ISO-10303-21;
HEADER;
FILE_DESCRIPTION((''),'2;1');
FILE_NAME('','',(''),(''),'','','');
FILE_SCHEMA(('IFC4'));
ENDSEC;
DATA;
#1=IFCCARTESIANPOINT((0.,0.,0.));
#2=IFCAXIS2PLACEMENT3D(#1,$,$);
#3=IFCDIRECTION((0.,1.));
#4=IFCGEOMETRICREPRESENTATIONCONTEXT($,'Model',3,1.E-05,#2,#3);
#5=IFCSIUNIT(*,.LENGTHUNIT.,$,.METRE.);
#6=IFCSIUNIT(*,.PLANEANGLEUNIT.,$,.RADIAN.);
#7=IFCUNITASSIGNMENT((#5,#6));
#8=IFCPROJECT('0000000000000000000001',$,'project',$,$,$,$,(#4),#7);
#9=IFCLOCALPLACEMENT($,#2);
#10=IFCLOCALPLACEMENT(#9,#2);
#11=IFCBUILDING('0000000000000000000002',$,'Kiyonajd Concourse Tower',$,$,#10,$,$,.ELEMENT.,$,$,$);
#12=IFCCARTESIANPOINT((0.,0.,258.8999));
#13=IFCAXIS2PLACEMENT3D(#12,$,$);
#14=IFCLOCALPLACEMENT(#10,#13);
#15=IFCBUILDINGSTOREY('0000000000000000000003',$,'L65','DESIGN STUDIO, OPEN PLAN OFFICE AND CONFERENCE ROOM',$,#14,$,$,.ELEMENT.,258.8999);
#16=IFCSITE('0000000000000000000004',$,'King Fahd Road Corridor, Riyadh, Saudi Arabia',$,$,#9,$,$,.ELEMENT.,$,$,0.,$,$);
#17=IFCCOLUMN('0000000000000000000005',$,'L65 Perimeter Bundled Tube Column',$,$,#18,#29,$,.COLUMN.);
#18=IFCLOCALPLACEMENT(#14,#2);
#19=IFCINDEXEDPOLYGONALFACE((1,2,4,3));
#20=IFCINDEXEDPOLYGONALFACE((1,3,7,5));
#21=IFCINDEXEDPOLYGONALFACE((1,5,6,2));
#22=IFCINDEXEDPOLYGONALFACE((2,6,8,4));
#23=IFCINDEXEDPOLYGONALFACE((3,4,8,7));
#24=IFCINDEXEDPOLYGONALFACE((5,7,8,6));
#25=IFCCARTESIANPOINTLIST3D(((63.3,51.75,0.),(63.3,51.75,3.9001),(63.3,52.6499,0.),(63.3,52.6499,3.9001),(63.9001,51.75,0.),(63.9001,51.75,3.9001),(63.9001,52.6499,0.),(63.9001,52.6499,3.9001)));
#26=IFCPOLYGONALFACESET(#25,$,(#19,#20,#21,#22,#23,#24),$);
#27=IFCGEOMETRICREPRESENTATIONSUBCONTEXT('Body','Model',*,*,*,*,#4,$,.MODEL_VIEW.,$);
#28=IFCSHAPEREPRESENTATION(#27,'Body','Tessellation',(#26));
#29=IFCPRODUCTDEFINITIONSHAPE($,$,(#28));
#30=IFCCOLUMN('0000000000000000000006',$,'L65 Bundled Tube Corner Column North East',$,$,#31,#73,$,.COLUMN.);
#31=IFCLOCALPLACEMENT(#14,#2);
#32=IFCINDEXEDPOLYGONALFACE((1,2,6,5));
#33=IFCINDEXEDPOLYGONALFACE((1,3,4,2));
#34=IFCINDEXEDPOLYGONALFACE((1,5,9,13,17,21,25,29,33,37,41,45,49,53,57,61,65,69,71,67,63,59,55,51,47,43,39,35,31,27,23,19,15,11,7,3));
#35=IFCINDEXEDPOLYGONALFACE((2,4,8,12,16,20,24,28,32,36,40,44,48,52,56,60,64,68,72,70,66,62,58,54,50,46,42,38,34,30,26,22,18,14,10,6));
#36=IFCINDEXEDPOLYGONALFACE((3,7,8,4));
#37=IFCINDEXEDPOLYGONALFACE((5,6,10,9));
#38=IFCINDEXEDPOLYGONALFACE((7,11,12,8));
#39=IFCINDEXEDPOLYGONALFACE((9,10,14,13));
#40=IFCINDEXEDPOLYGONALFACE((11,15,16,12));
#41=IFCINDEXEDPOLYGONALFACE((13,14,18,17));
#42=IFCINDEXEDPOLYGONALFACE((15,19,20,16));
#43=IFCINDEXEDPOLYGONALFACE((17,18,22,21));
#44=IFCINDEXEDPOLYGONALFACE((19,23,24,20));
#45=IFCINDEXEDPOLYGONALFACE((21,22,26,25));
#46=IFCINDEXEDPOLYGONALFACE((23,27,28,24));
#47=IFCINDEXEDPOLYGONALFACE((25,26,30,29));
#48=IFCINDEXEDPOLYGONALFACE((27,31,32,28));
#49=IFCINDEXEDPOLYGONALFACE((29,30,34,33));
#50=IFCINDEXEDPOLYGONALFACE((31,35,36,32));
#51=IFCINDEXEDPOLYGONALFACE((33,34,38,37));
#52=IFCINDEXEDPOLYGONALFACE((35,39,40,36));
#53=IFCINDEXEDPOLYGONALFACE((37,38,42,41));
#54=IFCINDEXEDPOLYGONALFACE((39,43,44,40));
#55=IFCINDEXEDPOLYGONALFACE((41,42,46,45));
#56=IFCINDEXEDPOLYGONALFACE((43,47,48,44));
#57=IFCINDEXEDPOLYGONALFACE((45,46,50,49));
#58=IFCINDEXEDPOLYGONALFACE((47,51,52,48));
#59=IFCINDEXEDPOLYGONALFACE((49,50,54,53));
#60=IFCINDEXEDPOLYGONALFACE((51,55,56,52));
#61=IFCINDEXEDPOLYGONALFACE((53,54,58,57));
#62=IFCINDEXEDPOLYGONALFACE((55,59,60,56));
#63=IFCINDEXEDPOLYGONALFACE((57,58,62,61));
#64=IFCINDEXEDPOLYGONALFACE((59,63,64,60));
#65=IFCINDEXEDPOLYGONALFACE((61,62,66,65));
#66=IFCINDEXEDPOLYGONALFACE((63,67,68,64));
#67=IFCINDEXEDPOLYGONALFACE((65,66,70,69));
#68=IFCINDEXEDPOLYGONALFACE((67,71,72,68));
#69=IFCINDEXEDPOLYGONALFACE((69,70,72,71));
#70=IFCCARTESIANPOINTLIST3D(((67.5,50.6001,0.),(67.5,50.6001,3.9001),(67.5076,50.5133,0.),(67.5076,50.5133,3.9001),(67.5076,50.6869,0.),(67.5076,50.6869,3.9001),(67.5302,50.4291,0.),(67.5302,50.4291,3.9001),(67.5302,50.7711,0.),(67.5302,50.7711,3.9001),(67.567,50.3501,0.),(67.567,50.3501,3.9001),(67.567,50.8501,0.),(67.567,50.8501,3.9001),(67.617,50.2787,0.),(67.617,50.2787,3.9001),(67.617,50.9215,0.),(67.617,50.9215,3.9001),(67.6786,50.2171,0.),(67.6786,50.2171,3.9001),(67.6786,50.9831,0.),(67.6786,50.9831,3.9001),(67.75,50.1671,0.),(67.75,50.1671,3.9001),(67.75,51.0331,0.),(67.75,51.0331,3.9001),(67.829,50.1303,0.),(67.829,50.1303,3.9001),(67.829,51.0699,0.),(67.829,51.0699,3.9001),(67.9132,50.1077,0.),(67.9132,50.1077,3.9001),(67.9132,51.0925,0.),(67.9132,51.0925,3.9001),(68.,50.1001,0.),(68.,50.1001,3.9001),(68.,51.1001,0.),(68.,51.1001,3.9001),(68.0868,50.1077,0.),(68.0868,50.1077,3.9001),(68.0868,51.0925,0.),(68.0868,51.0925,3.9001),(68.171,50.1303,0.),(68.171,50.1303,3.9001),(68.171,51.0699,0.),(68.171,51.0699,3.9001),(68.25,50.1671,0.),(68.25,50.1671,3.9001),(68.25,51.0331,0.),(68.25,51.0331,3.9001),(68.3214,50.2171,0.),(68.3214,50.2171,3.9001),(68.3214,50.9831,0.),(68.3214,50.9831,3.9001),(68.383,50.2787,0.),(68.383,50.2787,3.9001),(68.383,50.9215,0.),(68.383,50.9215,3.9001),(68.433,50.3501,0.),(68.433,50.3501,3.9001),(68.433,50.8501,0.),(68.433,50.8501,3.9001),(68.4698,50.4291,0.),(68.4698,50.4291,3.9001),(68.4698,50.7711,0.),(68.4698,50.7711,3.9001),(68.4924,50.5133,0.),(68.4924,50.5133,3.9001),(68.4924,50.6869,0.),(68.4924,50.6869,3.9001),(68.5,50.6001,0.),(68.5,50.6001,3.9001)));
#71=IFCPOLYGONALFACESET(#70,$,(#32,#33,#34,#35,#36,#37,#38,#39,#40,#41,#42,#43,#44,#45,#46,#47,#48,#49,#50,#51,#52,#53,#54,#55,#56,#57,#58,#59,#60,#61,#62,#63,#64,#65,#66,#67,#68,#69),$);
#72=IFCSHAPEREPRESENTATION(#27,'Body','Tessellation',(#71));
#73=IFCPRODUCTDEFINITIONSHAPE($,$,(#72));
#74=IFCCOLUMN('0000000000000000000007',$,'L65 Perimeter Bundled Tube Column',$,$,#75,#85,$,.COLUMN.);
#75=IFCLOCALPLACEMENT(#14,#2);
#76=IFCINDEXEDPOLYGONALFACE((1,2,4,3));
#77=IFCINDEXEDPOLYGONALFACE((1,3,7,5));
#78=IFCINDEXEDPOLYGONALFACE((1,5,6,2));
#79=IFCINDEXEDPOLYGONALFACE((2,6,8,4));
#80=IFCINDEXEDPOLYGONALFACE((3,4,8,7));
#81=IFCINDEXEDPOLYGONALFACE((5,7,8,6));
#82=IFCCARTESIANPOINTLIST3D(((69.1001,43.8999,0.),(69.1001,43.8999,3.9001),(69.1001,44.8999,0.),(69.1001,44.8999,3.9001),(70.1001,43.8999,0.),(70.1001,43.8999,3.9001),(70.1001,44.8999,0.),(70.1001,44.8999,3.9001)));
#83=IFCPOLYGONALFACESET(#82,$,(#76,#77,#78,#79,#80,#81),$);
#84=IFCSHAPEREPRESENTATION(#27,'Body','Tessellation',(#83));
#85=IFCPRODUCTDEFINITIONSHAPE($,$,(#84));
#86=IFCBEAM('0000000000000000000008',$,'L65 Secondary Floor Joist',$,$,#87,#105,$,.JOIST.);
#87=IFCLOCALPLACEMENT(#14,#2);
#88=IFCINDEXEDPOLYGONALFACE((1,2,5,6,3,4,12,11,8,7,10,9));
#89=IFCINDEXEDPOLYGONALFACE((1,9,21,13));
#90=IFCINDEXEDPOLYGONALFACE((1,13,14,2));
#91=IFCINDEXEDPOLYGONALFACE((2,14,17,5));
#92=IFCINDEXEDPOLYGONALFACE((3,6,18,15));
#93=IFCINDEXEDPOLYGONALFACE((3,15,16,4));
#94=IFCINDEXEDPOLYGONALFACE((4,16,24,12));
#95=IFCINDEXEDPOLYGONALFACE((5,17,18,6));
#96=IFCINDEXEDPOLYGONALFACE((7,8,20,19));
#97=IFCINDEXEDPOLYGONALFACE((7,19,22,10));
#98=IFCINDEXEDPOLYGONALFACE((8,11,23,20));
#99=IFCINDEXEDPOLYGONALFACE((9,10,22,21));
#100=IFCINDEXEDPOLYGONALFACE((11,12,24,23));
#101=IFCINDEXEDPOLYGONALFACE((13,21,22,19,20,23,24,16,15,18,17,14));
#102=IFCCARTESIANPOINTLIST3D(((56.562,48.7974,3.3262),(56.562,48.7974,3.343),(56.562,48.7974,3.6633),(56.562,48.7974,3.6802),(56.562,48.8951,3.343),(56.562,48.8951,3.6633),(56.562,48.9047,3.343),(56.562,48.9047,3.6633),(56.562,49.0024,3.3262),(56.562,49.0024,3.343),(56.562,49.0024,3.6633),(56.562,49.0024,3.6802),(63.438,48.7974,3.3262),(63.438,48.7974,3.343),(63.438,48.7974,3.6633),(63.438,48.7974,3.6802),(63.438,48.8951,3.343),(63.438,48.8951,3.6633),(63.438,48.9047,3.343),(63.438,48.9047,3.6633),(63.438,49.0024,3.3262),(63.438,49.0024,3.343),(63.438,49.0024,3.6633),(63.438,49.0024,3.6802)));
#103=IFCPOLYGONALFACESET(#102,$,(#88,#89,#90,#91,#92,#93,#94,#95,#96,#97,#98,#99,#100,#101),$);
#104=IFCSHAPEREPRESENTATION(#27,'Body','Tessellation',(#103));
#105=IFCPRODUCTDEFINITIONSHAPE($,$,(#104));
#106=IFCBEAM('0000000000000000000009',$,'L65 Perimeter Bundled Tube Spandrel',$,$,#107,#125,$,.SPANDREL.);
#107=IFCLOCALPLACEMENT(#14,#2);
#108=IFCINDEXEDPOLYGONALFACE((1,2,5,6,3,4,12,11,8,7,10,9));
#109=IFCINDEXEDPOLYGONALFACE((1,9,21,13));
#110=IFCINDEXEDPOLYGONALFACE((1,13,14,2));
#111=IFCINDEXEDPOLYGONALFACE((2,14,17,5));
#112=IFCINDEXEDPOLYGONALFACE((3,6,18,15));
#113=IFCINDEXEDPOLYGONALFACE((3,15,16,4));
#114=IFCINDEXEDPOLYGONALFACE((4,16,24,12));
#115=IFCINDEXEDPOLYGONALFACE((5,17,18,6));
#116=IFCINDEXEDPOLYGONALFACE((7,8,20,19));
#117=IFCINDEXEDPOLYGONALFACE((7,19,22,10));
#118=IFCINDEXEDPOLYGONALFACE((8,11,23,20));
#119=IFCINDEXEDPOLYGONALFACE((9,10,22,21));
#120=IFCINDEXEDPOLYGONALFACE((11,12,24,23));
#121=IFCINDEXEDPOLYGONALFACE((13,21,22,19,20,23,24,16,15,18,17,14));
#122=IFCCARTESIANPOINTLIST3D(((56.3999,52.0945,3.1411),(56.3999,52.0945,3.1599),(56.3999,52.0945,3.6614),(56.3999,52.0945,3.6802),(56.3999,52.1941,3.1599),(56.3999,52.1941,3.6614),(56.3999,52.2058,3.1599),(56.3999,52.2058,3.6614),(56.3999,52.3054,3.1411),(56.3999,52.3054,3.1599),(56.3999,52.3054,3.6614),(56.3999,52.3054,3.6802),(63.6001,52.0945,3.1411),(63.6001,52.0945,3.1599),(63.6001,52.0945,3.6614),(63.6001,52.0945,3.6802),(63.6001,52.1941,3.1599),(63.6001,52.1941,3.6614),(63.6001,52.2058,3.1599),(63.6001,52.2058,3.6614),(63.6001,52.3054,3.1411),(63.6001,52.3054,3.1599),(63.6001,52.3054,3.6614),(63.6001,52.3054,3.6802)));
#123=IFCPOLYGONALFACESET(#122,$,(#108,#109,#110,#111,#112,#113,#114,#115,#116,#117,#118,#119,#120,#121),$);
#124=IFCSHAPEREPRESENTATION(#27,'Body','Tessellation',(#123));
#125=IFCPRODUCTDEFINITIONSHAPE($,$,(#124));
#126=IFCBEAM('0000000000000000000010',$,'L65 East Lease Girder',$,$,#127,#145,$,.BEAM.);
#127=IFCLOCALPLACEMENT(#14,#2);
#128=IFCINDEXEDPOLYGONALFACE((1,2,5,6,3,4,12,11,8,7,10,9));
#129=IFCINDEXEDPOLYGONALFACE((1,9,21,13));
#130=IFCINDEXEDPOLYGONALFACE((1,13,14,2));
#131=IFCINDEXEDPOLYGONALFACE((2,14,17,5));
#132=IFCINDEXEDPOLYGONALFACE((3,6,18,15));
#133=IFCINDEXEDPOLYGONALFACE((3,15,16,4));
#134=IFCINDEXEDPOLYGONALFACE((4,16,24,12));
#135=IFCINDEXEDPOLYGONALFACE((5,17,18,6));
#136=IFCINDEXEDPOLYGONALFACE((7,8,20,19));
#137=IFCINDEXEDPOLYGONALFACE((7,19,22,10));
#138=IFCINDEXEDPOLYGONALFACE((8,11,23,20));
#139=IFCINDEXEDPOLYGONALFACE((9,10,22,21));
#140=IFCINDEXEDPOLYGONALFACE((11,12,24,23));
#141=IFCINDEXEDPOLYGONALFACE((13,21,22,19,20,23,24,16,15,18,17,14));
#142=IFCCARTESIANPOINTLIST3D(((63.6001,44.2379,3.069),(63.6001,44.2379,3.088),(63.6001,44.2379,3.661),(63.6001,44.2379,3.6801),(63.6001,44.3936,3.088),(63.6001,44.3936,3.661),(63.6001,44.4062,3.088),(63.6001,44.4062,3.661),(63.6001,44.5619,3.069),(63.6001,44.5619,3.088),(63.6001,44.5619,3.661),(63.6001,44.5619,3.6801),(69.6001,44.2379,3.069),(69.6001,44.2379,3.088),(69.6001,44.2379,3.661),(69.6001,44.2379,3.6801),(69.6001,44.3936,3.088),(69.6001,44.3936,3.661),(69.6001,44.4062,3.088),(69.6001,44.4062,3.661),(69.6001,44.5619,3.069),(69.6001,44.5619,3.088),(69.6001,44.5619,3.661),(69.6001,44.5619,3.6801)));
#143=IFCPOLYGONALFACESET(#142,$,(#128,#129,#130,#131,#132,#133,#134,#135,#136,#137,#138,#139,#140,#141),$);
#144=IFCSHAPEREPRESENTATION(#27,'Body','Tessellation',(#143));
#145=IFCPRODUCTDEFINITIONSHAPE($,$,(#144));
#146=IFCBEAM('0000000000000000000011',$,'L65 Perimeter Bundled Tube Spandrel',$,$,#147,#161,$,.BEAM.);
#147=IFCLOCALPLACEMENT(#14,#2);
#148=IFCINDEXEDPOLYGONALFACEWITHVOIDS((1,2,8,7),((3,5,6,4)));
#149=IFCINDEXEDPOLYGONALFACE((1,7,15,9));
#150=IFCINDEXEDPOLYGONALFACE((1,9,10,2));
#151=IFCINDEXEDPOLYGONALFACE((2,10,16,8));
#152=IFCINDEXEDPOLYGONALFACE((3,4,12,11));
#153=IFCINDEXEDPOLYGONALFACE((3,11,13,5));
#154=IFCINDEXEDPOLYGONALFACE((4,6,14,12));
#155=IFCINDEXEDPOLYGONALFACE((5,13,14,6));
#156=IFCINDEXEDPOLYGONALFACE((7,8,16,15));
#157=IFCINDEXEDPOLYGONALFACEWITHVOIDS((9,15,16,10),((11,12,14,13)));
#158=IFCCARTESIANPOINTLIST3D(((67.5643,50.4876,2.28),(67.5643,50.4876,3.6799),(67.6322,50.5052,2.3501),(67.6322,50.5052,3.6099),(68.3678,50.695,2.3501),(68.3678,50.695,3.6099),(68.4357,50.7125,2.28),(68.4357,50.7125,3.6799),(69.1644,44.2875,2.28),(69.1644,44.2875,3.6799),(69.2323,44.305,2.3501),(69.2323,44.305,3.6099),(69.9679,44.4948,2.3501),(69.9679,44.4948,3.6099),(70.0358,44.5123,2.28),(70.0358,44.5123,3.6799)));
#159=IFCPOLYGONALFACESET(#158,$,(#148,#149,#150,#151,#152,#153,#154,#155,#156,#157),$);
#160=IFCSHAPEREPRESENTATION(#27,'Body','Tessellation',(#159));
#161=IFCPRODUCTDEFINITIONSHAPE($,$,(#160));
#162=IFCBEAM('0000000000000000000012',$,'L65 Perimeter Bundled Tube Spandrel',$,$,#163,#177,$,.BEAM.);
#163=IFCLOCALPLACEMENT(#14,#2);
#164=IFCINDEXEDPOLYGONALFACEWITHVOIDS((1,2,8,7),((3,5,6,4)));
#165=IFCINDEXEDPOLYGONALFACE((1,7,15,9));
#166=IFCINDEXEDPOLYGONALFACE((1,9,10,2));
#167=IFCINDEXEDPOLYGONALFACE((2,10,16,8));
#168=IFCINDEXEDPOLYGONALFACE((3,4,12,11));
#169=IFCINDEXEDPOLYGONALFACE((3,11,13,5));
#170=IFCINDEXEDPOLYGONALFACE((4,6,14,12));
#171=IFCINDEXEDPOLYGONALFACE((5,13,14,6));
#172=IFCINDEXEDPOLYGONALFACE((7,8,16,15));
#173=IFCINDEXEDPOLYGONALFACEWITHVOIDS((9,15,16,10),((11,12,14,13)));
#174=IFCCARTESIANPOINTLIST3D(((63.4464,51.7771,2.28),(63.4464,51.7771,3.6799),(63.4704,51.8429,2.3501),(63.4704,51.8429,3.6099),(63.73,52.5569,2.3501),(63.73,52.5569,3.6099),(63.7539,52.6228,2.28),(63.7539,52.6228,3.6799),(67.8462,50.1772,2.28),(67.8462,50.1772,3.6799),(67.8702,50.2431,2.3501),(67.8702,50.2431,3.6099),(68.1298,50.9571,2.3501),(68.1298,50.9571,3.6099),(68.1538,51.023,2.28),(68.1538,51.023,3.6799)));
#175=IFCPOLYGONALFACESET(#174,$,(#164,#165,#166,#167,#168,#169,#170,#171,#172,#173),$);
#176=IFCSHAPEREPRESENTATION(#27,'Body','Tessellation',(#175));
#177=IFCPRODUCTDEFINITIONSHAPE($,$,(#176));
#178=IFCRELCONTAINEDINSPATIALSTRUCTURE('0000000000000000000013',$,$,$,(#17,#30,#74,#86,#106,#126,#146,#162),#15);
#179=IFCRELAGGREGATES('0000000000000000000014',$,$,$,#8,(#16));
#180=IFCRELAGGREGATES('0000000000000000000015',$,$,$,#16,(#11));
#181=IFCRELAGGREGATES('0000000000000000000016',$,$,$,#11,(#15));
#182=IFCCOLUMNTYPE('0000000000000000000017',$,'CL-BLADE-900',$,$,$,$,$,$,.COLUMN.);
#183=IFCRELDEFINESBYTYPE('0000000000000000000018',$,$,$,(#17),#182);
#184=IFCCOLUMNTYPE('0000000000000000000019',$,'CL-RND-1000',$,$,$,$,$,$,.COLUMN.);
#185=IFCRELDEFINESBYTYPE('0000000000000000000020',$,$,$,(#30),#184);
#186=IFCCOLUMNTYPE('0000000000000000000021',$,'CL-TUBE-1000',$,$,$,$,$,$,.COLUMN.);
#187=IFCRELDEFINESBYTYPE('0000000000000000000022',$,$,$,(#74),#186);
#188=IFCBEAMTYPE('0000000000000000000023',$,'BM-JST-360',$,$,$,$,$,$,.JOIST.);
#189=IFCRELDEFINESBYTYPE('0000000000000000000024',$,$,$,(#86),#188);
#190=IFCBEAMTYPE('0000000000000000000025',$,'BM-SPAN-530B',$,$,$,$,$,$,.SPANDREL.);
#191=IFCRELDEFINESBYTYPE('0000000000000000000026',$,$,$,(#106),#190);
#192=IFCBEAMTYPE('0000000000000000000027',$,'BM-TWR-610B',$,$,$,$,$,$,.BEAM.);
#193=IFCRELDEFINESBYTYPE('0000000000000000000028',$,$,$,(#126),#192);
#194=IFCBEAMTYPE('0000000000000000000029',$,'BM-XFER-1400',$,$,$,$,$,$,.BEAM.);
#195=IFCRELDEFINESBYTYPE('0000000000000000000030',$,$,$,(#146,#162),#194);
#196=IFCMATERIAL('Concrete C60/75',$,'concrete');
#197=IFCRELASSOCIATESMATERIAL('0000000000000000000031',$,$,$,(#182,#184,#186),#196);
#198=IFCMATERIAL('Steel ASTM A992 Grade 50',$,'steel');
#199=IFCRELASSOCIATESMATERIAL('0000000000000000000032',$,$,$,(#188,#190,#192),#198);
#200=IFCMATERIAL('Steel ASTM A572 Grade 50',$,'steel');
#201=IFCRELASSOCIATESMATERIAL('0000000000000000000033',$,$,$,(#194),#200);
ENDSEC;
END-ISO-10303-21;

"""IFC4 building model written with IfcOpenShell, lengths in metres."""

from ifc_helpers import new_model, si_unit, direction, frame, origin, origin_2d, place, context, subcontext, project, spatial, rectangle, hollow_rectangle, circle, i_section, extrude, material, material_profile, profile_set, type_object, element, save


model = new_model("IFC4")

# Units and contexts
model_context = context("Model", 3, precision=1e-05, world=origin(), true_north=direction((0.0, 1.0)))
body_context = subcontext(model_context, "Body", "Model", "MODEL_VIEW")
ifc_project = project(units=[si_unit("LENGTHUNIT", "METRE"), si_unit("PLANEANGLEUNIT", "RADIAN")], contexts=[model_context])

# Site, building, storey
site_placement = place(None, origin())
site = spatial("IfcSite", under=ifc_project, at=site_placement, Name="King Fahd Road Corridor, Riyadh, Saudi Arabia", CompositionType="ELEMENT", RefElevation=0.0)
building_placement = place(site_placement, origin())
building = spatial("IfcBuilding", under=site, at=building_placement, Name="Kiyonajd Concourse Tower", CompositionType="ELEMENT")
storey_placement = place(building_placement, frame((0.0, 0.0, 258.8999)))
storey = spatial("IfcBuildingStorey", under=building, at=storey_placement, Name="L65", Description="DESIGN STUDIO, OPEN PLAN OFFICE AND CONFERENCE ROOM", CompositionType="ELEMENT", Elevation=258.8999)

# Columns
ifc_material_1 = material(Name="Concrete C60/75", Category="concrete")
ifc_material_profile_1 = material_profile(ifc_material_1, rectangle(XDim=0.6001, YDim=0.8999, at=origin_2d()), Name="RC-900x600")
ifc_profile_set_1 = profile_set([ifc_material_profile_1], Name="Concrete C60/75")
column_type_1 = type_object("IfcColumnType", Name="CL-BLADE-900", PredefinedType="COLUMN", material=ifc_profile_set_1)
column_1_placement = place(storey_placement, frame((63.6001, 52.2, 0.0), z_axis=(0.0, 0.0, 1.0), x_axis=(1.0, 0.0, 0.0)))
element("IfcColumn", 1, at=column_1_placement, inside=storey, type_object=column_type_1, Name="L65 Perimeter Bundled Tube Column", PredefinedType="COLUMN", context=body_context, shape_type="SweptSolid", body=[
    extrude(rectangle(XDim=0.6001, YDim=0.8999, at=origin_2d()), origin(), (0.0, 0.0, 1.0), 3.9001),
])
ifc_material_profile_2 = material_profile(ifc_material_1, circle(Radius=0.5, at=origin_2d()), Name="RCC-D1000")
ifc_profile_set_2 = profile_set([ifc_material_profile_2], Name="Concrete C60/75")
column_type_2 = type_object("IfcColumnType", Name="CL-RND-1000", PredefinedType="COLUMN", material=ifc_profile_set_2)
column_2_placement = place(storey_placement, frame((68.0, 50.6001, 0.0), z_axis=(0.0, 0.0, 1.0), x_axis=(1.0, 0.0, 0.0)))
element("IfcColumn", 2, at=column_2_placement, inside=storey, type_object=column_type_2, Name="L65 Bundled Tube Corner Column North East", PredefinedType="COLUMN", context=body_context, shape_type="SweptSolid", body=[
    extrude(circle(Radius=0.5, at=origin_2d()), origin(), (0.0, 0.0, 1.0), 3.9001),
])
ifc_material_profile_3 = material_profile(ifc_material_1, rectangle(XDim=1.0, YDim=1.0, at=origin_2d()), Name="RC-1000x1000")
ifc_profile_set_3 = profile_set([ifc_material_profile_3], Name="Concrete C60/75")
column_type_3 = type_object("IfcColumnType", Name="CL-TUBE-1000", PredefinedType="COLUMN", material=ifc_profile_set_3)
column_3_placement = place(storey_placement, frame((69.6001, 44.3999, 0.0), z_axis=(0.0, 0.0, 1.0), x_axis=(1.0, 0.0, 0.0)))
element("IfcColumn", 3, at=column_3_placement, inside=storey, type_object=column_type_3, Name="L65 Perimeter Bundled Tube Column", PredefinedType="COLUMN", context=body_context, shape_type="SweptSolid", body=[
    extrude(rectangle(XDim=1.0, YDim=1.0, at=origin_2d()), origin(), (0.0, 0.0, 1.0), 3.9001),
])

# Beams
ifc_material_2 = material(Name="Steel ASTM A992 Grade 50", Category="steel")
ifc_material_profile_4 = material_profile(ifc_material_2, i_section(OverallWidth=0.2051, OverallDepth=0.354, WebThickness=0.0095, FlangeThickness=0.0168, at=origin_2d()), Name="W360X79")
ifc_profile_set_4 = profile_set([ifc_material_profile_4], Name="Steel ASTM A992 Grade 50")
beam_type_1 = type_object("IfcBeamType", Name="BM-JST-360", PredefinedType="JOIST", material=ifc_profile_set_4)
beam_1_placement = place(storey_placement, frame((56.562, 48.8999, 3.5032), z_axis=(1.0, 0.0, 0.0), x_axis=(0.0, 1.0, 0.0)))
element("IfcBeam", 4, at=beam_1_placement, inside=storey, type_object=beam_type_1, Name="L65 Secondary Floor Joist", PredefinedType="JOIST", context=body_context, shape_type="SweptSolid", body=[
    extrude(i_section(OverallWidth=0.2051, OverallDepth=0.354, WebThickness=0.0095, FlangeThickness=0.0168, at=origin_2d()), origin(), (0.0, 0.0, 1.0), 6.876),
])
ifc_material_profile_5 = material_profile(ifc_material_2, i_section(OverallWidth=0.2109, OverallDepth=0.5391, WebThickness=0.0117, FlangeThickness=0.0188, at=origin_2d()), Name="W530X109")
ifc_profile_set_5 = profile_set([ifc_material_profile_5], Name="Steel ASTM A992 Grade 50")
beam_type_2 = type_object("IfcBeamType", Name="BM-SPAN-530B", PredefinedType="SPANDREL", material=ifc_profile_set_5)
beam_2_placement = place(storey_placement, frame((63.6001, 52.2, 3.4106), z_axis=(-1.0, 0.0, 0.0), x_axis=(0.0, -1.0, 0.0)))
element("IfcBeam", 5, at=beam_2_placement, inside=storey, type_object=beam_type_2, Name="L65 Perimeter Bundled Tube Spandrel", PredefinedType="SPANDREL", context=body_context, shape_type="SweptSolid", body=[
    extrude(i_section(OverallWidth=0.2109, OverallDepth=0.5391, WebThickness=0.0117, FlangeThickness=0.0188, at=origin_2d()), origin(), (0.0, 0.0, 1.0), 7.2002),
])
ifc_material_profile_6 = material_profile(ifc_material_2, i_section(OverallWidth=0.324, OverallDepth=0.6111, WebThickness=0.0127, FlangeThickness=0.019, at=origin_2d()), Name="W610X155")
ifc_profile_set_6 = profile_set([ifc_material_profile_6], Name="Steel ASTM A992 Grade 50")
beam_type_3 = type_object("IfcBeamType", Name="BM-TWR-610B", PredefinedType="BEAM", material=ifc_profile_set_6)
beam_3_placement = place(storey_placement, frame((63.6001, 44.3999, 3.3745), z_axis=(1.0, 0.0, 0.0), x_axis=(0.0, 1.0, 0.0)))
element("IfcBeam", 6, at=beam_3_placement, inside=storey, type_object=beam_type_3, Name="L65 East Lease Girder", PredefinedType="BEAM", context=body_context, shape_type="SweptSolid", body=[
    extrude(i_section(OverallWidth=0.324, OverallDepth=0.6111, WebThickness=0.0127, FlangeThickness=0.019, at=origin_2d()), origin(), (0.0, 0.0, 1.0), 6.0),
])
ifc_material_3 = material(Name="Steel ASTM A572 Grade 50", Category="steel")
ifc_material_profile_7 = material_profile(ifc_material_3, hollow_rectangle(XDim=0.8999, YDim=1.3999, WallThickness=0.0701, at=origin_2d()), Name="BOX-1400x900x70")
ifc_profile_set_7 = profile_set([ifc_material_profile_7], Name="Steel ASTM A572 Grade 50")
beam_type_4 = type_object("IfcBeamType", Name="BM-XFER-1400", PredefinedType="BEAM", material=ifc_profile_set_7)
beam_4_placement = place(storey_placement, frame((69.6001, 44.3999, 2.98), z_axis=(-0.249885, 0.968276, 0.0), x_axis=(-0.968276, -0.249885, 0.0)))
element("IfcBeam", 7, at=beam_4_placement, inside=storey, type_object=beam_type_4, Name="L65 Perimeter Bundled Tube Spandrel", PredefinedType="BEAM", context=body_context, shape_type="SweptSolid", body=[
    extrude(hollow_rectangle(XDim=0.8999, YDim=1.3999, WallThickness=0.0701, at=origin_2d()), origin(), (0.0, 0.0, 1.0), 6.4033),
])
beam_5_placement = place(storey_placement, frame((68.0, 50.6001, 2.98), z_axis=(-0.939801, 0.341722, 0.0), x_axis=(-0.341722, -0.939801, 0.0)))
element("IfcBeam", 8, at=beam_5_placement, inside=storey, type_object=beam_type_4, Name="L65 Perimeter Bundled Tube Spandrel", PredefinedType="BEAM", context=body_context, shape_type="SweptSolid", body=[
    extrude(hollow_rectangle(XDim=0.8999, YDim=1.3999, WallThickness=0.0701, at=origin_2d()), origin(), (0.0, 0.0, 1.0), 4.6816),
])

save(model, "model.ifc")
